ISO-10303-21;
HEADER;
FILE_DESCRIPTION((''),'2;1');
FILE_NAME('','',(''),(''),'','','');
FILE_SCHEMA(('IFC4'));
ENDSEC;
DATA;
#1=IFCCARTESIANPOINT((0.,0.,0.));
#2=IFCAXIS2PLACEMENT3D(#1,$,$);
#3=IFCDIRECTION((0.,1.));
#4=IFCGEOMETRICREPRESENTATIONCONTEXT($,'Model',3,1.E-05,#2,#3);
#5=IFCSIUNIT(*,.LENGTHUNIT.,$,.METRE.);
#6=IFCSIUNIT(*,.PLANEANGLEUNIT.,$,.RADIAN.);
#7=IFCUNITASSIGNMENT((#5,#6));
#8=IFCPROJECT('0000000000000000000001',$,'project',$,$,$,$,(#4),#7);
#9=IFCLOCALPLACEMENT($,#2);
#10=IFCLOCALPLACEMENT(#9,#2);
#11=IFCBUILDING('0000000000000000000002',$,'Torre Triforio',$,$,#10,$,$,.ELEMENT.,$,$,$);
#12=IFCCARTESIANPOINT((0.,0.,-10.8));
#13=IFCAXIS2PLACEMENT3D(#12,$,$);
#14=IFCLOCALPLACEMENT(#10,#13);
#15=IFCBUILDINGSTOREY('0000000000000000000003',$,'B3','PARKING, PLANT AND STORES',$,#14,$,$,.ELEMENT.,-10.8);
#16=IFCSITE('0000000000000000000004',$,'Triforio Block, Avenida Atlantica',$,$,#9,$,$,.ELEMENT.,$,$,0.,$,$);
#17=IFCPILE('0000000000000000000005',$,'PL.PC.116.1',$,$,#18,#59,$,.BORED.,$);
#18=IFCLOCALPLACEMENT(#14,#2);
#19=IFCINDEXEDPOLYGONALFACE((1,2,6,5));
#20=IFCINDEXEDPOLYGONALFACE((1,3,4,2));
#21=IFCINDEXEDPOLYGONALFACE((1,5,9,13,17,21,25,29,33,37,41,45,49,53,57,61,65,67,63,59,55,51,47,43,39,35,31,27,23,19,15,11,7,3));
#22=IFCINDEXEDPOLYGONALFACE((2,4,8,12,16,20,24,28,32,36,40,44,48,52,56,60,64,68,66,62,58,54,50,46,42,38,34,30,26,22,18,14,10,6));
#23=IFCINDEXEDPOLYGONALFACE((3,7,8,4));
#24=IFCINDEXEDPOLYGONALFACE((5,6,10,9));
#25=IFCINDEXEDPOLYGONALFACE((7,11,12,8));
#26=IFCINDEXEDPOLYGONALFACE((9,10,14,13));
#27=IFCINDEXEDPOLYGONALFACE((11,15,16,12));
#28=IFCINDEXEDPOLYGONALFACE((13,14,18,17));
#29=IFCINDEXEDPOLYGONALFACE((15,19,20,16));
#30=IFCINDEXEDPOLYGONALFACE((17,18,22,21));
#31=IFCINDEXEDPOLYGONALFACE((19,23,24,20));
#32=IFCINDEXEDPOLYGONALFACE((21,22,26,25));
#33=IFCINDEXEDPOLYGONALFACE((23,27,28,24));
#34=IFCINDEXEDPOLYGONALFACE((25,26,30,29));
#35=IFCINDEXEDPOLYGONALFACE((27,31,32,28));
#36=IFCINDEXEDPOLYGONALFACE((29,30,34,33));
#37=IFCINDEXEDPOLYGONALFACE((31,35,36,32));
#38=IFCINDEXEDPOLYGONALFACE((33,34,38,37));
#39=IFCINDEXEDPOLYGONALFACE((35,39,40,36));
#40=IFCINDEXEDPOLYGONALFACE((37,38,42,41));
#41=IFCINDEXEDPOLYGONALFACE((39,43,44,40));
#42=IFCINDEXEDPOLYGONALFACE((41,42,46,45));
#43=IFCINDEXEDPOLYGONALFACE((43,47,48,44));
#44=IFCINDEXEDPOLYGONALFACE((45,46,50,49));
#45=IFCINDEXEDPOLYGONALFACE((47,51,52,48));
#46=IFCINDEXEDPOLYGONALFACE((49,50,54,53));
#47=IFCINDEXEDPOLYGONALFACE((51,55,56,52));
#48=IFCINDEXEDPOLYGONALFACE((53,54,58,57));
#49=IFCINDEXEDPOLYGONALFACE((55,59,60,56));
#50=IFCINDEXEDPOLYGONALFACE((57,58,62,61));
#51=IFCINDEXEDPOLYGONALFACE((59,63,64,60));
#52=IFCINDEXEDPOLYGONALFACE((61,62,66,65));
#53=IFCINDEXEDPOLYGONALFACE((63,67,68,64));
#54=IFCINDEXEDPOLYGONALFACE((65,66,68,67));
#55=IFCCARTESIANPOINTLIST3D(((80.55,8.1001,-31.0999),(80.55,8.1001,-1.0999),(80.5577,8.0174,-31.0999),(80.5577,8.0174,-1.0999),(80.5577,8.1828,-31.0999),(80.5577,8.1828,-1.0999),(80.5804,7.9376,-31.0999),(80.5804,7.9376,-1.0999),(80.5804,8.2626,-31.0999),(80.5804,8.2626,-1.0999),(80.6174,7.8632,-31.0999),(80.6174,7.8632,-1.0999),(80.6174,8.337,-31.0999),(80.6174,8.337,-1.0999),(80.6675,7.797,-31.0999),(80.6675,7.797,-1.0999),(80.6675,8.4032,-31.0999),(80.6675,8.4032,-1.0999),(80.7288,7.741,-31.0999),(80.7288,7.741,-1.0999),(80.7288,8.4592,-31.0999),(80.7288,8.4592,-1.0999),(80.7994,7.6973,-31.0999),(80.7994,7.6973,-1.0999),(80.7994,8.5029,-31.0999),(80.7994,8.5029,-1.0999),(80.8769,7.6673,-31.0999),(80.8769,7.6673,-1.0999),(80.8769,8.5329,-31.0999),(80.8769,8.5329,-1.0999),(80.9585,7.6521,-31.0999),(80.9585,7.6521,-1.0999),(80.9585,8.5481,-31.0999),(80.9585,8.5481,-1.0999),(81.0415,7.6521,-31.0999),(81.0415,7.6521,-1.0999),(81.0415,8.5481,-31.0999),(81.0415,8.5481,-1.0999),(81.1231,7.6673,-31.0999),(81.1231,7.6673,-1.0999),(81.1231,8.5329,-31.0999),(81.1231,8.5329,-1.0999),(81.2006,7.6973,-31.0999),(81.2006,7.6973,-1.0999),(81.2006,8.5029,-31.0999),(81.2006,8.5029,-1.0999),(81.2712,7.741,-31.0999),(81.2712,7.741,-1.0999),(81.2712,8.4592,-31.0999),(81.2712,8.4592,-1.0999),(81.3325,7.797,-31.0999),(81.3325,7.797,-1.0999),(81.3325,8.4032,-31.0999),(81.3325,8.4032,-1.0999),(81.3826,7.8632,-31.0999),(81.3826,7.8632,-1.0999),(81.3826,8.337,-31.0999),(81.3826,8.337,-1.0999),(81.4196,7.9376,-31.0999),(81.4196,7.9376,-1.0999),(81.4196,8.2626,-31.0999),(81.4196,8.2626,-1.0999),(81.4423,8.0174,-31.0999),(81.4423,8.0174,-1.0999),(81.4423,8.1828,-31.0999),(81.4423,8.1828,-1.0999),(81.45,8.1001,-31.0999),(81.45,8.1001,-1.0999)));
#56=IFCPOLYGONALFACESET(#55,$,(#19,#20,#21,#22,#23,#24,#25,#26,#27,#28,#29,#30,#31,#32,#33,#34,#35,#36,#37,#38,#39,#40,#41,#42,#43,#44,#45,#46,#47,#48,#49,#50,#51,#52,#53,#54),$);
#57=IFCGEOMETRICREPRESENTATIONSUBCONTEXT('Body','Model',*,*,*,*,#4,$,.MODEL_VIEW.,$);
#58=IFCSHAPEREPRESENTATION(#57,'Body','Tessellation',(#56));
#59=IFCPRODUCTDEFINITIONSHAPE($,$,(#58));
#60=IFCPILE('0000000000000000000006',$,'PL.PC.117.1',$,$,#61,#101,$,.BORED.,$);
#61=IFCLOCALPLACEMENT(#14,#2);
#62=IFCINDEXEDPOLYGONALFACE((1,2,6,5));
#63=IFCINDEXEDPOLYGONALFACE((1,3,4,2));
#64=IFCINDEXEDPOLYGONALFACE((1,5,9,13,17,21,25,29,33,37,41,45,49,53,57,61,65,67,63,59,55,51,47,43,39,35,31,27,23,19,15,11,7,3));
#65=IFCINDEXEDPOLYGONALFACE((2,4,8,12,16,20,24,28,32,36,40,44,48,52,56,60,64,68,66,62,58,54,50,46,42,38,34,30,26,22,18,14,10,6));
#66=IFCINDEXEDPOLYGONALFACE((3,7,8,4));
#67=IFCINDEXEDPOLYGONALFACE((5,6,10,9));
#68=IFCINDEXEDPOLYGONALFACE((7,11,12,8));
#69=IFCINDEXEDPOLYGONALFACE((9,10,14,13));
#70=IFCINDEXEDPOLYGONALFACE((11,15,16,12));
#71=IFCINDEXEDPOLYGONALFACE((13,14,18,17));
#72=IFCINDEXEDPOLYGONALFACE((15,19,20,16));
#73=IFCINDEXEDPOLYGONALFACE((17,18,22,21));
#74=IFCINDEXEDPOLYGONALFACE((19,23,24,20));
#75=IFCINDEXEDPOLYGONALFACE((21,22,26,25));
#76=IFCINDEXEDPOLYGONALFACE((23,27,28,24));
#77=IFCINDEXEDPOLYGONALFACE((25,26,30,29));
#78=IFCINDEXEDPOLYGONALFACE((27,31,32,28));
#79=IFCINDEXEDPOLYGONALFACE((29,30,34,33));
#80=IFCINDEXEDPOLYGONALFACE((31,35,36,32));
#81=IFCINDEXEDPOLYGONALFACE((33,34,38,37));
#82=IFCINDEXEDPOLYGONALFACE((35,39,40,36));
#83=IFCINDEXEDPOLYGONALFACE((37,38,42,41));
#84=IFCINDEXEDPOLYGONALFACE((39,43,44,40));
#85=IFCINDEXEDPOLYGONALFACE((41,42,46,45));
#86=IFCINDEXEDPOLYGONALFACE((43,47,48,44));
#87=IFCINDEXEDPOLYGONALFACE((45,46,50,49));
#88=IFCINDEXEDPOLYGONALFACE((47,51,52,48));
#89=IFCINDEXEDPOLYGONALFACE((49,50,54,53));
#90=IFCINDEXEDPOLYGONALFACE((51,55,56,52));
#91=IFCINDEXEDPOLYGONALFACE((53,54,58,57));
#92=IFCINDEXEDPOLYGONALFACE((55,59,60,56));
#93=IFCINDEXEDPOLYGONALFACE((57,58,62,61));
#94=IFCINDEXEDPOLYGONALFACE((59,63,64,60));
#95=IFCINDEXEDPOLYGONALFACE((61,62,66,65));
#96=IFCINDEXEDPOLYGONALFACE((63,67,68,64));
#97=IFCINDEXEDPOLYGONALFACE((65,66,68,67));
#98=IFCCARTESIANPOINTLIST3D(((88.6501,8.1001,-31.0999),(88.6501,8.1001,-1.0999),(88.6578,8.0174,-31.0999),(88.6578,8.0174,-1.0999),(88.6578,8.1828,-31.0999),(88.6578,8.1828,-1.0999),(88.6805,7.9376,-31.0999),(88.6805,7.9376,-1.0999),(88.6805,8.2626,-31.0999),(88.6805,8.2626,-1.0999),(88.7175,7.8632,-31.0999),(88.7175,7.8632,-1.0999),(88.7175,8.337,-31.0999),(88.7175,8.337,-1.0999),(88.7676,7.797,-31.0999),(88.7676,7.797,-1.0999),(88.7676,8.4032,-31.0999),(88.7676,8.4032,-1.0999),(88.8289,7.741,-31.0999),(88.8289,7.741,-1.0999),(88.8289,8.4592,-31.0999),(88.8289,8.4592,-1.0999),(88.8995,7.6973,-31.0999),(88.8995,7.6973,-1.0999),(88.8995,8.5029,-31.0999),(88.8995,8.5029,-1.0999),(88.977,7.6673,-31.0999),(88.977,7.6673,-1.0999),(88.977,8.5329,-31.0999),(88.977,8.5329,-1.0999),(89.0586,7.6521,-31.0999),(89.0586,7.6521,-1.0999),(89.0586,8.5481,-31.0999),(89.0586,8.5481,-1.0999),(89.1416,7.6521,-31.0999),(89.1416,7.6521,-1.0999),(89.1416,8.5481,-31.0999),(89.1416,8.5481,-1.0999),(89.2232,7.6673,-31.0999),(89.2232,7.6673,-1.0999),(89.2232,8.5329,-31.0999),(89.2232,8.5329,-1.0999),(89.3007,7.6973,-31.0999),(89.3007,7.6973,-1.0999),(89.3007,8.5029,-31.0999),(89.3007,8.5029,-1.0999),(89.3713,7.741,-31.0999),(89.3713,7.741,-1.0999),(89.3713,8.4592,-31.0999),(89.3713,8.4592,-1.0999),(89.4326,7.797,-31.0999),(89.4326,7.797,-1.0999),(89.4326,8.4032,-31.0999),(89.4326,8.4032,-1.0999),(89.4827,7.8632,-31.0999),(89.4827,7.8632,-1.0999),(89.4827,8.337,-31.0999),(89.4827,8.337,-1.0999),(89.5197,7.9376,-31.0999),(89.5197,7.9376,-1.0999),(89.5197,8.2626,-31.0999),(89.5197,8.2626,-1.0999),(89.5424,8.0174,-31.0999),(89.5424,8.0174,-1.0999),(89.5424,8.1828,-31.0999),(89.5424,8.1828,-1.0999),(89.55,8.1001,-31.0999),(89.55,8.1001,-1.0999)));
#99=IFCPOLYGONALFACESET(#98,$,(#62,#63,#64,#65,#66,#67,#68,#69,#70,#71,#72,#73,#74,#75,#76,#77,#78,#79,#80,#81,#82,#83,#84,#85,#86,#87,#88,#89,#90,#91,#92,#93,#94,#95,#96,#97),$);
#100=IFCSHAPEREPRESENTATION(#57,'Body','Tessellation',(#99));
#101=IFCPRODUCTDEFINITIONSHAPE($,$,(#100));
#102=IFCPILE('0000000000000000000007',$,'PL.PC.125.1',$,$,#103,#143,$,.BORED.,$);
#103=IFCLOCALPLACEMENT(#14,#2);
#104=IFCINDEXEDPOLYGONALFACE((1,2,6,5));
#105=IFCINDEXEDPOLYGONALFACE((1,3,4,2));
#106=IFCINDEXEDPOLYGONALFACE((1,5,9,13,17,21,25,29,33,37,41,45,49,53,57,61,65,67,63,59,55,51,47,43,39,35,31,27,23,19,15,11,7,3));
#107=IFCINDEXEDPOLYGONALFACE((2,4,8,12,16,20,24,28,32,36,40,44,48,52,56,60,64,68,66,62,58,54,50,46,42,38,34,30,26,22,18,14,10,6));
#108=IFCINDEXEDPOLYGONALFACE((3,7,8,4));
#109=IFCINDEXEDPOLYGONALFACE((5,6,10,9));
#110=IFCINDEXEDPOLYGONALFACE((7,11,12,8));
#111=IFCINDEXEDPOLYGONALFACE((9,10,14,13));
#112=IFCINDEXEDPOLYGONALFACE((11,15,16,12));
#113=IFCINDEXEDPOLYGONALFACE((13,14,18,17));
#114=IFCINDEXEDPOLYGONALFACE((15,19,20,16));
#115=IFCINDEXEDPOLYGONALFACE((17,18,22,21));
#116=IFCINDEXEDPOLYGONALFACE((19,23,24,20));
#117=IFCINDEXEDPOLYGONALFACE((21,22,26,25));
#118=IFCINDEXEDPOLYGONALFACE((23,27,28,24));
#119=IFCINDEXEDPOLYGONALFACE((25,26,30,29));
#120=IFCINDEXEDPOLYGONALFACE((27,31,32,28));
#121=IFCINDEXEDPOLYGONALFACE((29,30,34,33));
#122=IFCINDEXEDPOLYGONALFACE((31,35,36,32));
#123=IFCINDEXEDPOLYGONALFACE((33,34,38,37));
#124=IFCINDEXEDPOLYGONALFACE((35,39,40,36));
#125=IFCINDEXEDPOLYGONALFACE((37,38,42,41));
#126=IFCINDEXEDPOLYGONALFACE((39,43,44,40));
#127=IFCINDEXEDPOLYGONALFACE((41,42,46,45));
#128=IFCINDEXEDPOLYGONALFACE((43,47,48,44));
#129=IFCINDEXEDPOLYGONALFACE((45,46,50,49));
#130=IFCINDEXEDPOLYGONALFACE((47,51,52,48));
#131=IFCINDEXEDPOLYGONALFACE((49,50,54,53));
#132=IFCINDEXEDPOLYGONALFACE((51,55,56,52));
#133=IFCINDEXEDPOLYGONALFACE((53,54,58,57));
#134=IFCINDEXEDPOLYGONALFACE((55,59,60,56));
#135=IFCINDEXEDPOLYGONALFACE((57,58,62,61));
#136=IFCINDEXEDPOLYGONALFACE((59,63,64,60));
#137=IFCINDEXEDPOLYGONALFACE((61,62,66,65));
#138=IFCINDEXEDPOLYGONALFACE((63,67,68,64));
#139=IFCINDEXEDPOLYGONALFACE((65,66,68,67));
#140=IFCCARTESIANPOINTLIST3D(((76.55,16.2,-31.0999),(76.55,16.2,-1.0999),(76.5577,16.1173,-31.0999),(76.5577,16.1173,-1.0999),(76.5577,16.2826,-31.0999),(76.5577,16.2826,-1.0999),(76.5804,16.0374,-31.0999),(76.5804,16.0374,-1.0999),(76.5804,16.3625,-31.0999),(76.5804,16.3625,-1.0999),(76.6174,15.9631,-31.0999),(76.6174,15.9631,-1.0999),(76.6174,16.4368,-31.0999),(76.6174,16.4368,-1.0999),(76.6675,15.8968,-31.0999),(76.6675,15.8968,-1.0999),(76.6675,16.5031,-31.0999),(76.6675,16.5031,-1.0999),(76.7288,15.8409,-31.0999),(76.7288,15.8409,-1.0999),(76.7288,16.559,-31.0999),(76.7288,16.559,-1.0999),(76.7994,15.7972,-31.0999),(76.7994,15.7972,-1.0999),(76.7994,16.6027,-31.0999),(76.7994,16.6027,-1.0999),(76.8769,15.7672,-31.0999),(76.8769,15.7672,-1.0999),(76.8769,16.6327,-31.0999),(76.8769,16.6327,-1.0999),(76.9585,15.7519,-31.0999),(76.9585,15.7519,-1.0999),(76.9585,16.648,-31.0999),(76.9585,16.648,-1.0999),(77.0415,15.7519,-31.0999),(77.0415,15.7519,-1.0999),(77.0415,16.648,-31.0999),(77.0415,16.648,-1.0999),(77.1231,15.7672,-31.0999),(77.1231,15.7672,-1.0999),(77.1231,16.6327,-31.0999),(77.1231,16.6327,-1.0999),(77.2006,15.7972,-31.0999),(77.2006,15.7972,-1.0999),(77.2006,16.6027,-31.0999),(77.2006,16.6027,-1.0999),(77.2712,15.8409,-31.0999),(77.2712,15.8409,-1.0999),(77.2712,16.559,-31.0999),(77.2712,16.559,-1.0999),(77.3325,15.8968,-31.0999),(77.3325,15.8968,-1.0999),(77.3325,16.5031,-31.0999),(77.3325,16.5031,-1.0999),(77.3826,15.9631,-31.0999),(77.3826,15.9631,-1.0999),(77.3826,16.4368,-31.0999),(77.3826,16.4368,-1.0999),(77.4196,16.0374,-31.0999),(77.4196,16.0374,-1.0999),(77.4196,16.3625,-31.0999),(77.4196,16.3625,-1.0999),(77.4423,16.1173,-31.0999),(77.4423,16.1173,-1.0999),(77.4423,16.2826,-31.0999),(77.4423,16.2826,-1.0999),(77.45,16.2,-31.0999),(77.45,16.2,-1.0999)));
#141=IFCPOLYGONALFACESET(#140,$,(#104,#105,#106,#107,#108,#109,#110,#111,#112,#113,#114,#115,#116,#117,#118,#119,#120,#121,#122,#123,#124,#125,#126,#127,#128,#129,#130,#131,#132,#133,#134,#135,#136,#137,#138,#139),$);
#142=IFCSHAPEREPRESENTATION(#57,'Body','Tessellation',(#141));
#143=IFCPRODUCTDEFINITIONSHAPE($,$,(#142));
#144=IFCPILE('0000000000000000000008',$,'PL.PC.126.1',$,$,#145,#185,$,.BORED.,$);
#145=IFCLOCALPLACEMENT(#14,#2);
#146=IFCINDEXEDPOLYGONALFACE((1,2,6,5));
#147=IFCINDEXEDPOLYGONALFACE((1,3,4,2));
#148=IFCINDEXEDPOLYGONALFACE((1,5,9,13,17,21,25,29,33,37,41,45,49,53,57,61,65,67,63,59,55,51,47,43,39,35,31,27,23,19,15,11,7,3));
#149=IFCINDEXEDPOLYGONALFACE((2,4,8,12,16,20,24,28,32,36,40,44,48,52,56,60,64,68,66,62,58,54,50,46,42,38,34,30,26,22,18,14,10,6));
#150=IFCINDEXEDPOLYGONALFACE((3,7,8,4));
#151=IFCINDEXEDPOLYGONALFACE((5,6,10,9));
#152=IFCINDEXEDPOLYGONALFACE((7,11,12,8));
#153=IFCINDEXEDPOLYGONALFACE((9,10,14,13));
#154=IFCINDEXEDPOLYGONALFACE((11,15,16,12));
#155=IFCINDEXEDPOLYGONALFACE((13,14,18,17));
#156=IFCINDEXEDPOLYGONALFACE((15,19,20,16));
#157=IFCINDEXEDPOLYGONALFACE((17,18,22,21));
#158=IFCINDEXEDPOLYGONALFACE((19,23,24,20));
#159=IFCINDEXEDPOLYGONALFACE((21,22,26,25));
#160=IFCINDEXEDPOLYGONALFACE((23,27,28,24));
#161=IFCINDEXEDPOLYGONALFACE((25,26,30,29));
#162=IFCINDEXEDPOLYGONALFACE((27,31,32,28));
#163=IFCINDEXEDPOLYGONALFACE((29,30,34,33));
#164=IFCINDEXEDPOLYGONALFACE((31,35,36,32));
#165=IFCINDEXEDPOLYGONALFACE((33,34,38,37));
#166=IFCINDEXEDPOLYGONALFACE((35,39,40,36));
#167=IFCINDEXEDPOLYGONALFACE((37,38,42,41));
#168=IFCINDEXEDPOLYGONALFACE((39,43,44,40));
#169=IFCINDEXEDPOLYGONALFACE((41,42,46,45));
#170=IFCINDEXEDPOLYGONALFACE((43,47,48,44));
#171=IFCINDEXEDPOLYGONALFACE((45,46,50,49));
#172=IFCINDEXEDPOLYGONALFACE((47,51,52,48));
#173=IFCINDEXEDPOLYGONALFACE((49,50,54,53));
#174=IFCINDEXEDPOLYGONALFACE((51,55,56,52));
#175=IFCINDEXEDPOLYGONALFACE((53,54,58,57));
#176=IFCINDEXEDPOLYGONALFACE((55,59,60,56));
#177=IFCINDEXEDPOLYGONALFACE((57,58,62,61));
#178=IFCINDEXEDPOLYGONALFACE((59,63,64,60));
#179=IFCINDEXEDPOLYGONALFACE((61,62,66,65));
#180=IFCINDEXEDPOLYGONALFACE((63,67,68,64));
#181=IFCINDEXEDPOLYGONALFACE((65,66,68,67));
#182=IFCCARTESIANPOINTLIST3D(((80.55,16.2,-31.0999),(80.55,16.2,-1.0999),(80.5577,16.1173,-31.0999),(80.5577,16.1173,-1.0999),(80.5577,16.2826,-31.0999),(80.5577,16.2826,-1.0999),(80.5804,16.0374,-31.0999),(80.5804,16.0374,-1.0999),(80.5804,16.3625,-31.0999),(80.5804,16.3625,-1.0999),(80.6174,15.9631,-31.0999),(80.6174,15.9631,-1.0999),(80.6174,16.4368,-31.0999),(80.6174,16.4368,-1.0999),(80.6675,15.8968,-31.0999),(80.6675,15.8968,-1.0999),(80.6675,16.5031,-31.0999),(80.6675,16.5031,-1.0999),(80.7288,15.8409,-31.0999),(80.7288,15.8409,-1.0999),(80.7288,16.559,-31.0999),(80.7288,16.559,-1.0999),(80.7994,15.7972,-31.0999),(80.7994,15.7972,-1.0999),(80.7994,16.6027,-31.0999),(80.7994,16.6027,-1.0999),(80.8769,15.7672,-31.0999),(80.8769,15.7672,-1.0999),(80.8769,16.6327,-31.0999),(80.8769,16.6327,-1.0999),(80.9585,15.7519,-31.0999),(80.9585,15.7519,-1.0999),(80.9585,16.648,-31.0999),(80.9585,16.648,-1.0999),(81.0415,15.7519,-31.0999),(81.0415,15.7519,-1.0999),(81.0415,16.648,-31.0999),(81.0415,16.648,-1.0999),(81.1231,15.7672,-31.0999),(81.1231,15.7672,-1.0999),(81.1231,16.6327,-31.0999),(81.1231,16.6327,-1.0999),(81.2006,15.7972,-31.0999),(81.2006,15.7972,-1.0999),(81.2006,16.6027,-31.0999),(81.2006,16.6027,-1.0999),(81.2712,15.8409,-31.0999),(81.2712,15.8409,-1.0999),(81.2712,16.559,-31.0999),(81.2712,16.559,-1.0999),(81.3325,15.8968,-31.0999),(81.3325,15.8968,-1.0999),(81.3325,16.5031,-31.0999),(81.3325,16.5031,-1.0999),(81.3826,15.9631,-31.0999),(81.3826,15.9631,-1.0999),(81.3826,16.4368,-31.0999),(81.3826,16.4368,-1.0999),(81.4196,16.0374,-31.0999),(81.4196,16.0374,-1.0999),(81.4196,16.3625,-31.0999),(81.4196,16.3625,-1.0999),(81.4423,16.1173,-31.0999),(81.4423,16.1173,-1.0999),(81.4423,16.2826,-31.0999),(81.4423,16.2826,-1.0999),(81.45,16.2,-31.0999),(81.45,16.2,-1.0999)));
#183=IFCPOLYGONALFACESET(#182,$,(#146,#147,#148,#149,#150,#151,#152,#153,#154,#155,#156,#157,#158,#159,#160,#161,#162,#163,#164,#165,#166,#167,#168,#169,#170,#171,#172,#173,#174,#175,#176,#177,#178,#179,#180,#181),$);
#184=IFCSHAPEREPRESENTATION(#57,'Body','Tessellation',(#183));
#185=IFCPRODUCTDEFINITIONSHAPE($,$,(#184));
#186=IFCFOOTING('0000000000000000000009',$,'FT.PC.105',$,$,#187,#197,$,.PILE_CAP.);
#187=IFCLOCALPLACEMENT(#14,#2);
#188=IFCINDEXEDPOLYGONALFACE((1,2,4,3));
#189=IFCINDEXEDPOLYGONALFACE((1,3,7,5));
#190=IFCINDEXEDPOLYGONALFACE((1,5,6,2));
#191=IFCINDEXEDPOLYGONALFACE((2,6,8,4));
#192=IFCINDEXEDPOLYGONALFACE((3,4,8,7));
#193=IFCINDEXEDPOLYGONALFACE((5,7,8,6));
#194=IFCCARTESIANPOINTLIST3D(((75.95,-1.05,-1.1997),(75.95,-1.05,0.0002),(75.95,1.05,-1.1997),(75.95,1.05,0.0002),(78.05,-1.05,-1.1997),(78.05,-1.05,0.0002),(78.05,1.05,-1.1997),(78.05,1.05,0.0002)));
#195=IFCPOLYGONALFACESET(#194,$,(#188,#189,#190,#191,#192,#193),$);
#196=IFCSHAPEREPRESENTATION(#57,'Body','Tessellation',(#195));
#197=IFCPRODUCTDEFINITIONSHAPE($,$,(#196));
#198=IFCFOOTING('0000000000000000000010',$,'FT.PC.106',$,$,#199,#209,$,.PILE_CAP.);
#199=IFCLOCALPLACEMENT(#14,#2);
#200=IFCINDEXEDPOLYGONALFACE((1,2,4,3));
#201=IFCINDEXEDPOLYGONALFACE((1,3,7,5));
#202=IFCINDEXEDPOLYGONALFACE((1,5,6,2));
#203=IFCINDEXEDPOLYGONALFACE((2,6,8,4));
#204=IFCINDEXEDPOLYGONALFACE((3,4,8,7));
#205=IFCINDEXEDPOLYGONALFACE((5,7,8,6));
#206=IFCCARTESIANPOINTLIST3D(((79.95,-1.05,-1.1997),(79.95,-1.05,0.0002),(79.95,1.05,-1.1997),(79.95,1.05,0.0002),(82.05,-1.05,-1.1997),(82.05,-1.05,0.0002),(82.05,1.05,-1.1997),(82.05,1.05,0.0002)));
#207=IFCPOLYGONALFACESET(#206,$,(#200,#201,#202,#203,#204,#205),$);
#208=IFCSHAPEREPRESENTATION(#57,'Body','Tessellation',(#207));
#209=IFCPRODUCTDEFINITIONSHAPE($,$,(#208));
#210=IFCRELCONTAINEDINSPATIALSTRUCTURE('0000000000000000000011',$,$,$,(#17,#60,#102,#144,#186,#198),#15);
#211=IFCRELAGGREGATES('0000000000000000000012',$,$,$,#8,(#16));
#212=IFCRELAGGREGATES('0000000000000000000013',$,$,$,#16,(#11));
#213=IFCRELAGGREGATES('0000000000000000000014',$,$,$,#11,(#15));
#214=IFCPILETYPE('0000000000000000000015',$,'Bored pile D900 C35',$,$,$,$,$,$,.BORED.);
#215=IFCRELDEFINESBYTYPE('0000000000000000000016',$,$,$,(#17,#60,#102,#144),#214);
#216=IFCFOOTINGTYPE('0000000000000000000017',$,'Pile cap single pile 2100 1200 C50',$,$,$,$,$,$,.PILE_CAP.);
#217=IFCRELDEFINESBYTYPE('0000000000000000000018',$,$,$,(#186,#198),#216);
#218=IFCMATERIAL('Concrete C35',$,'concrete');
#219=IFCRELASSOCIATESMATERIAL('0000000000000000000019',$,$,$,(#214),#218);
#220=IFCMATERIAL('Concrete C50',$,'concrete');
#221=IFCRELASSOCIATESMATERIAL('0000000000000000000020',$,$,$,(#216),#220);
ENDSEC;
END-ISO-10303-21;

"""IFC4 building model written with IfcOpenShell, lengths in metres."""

from ifc_helpers import new_model, si_unit, direction, frame, origin, origin_2d, place, context, subcontext, project, spatial, rectangle, circle, extrude, material, material_profile, profile_set, type_object, element, save


model = new_model("IFC4")

# Units and contexts
model_context = context("Model", 3, precision=1e-05, world=origin(), true_north=direction((0.0, 1.0)))
body_context = subcontext(model_context, "Body", "Model", "MODEL_VIEW")
ifc_project = project(units=[si_unit("LENGTHUNIT", "METRE"), si_unit("PLANEANGLEUNIT", "RADIAN")], contexts=[model_context])

# Site, building, storey
site_placement = place(None, origin())
site = spatial("IfcSite", under=ifc_project, at=site_placement, Name="Triforio Block, Avenida Atlantica", CompositionType="ELEMENT", RefElevation=0.0)
building_placement = place(site_placement, origin())
building = spatial("IfcBuilding", under=site, at=building_placement, Name="Torre Triforio", CompositionType="ELEMENT")
storey_placement = place(building_placement, frame((0.0, 0.0, -10.8)))
storey = spatial("IfcBuildingStorey", under=building, at=storey_placement, Name="B3", Description="PARKING, PLANT AND STORES", CompositionType="ELEMENT", Elevation=-10.8)

# Piles
ifc_material_1 = material(Name="Concrete C35", Category="concrete")
ifc_material_profile_1 = material_profile(ifc_material_1, circle(Radius=0.45, at=origin_2d()), Name="RC D900")
ifc_profile_set_1 = profile_set([ifc_material_profile_1], Name="Concrete C35")
pile_type = type_object("IfcPileType", Name="Bored pile D900 C35", PredefinedType="BORED", material=ifc_profile_set_1)
for number, where, z_axis, x_axis, name in (
    (1, (81.0, 8.1001, -1.0999), (0.0, 0.0, -1.0), (1.0, 0.0, 0.0), "PL.PC.116.1"),
    (2, (89.1001, 8.1001, -1.0999), (0.0, 0.0, -1.0), (1.0, 0.0, 0.0), "PL.PC.117.1"),
    (3, (77.0, 16.2, -1.0999), (0.0, 0.0, -1.0), (1.0, 0.0, 0.0), "PL.PC.125.1"),
    (4, (81.0, 16.2, -1.0999), (0.0, 0.0, -1.0), (1.0, 0.0, 0.0), "PL.PC.126.1"),
):
    element("IfcPile", number, at=place(storey_placement, frame(where, z_axis=z_axis, x_axis=x_axis)), inside=storey, type_object=pile_type, Name=name, PredefinedType="BORED", context=body_context, shape_type="SweptSolid", body=[
        extrude(circle(Radius=0.45, at=origin_2d()), origin(), (0.0, 0.0, 1.0), 30.0),
    ])

# Footings
ifc_material_2 = material(Name="Concrete C50", Category="concrete")
footing_type = type_object("IfcFootingType", Name="Pile cap single pile 2100 1200 C50", PredefinedType="PILE_CAP", material=ifc_material_2)
for number, where, z_axis, x_axis, name in (
    (5, (77.0, 0.0, -1.1997), (0.0, 0.0, 1.0), (1.0, 0.0, 0.0), "FT.PC.105"),
    (6, (81.0, 0.0, -1.1997), (0.0, 0.0, 1.0), (1.0, 0.0, 0.0), "FT.PC.106"),
):
    element("IfcFooting", number, at=place(storey_placement, frame(where, z_axis=z_axis, x_axis=x_axis)), inside=storey, type_object=footing_type, Name=name, PredefinedType="PILE_CAP", context=body_context, shape_type="SweptSolid", body=[
        extrude(rectangle(XDim=2.1001, YDim=2.1001, at=origin_2d()), origin(), (0.0, 0.0, 1.0), 1.2),
    ])

save(model, "model.ifc")
